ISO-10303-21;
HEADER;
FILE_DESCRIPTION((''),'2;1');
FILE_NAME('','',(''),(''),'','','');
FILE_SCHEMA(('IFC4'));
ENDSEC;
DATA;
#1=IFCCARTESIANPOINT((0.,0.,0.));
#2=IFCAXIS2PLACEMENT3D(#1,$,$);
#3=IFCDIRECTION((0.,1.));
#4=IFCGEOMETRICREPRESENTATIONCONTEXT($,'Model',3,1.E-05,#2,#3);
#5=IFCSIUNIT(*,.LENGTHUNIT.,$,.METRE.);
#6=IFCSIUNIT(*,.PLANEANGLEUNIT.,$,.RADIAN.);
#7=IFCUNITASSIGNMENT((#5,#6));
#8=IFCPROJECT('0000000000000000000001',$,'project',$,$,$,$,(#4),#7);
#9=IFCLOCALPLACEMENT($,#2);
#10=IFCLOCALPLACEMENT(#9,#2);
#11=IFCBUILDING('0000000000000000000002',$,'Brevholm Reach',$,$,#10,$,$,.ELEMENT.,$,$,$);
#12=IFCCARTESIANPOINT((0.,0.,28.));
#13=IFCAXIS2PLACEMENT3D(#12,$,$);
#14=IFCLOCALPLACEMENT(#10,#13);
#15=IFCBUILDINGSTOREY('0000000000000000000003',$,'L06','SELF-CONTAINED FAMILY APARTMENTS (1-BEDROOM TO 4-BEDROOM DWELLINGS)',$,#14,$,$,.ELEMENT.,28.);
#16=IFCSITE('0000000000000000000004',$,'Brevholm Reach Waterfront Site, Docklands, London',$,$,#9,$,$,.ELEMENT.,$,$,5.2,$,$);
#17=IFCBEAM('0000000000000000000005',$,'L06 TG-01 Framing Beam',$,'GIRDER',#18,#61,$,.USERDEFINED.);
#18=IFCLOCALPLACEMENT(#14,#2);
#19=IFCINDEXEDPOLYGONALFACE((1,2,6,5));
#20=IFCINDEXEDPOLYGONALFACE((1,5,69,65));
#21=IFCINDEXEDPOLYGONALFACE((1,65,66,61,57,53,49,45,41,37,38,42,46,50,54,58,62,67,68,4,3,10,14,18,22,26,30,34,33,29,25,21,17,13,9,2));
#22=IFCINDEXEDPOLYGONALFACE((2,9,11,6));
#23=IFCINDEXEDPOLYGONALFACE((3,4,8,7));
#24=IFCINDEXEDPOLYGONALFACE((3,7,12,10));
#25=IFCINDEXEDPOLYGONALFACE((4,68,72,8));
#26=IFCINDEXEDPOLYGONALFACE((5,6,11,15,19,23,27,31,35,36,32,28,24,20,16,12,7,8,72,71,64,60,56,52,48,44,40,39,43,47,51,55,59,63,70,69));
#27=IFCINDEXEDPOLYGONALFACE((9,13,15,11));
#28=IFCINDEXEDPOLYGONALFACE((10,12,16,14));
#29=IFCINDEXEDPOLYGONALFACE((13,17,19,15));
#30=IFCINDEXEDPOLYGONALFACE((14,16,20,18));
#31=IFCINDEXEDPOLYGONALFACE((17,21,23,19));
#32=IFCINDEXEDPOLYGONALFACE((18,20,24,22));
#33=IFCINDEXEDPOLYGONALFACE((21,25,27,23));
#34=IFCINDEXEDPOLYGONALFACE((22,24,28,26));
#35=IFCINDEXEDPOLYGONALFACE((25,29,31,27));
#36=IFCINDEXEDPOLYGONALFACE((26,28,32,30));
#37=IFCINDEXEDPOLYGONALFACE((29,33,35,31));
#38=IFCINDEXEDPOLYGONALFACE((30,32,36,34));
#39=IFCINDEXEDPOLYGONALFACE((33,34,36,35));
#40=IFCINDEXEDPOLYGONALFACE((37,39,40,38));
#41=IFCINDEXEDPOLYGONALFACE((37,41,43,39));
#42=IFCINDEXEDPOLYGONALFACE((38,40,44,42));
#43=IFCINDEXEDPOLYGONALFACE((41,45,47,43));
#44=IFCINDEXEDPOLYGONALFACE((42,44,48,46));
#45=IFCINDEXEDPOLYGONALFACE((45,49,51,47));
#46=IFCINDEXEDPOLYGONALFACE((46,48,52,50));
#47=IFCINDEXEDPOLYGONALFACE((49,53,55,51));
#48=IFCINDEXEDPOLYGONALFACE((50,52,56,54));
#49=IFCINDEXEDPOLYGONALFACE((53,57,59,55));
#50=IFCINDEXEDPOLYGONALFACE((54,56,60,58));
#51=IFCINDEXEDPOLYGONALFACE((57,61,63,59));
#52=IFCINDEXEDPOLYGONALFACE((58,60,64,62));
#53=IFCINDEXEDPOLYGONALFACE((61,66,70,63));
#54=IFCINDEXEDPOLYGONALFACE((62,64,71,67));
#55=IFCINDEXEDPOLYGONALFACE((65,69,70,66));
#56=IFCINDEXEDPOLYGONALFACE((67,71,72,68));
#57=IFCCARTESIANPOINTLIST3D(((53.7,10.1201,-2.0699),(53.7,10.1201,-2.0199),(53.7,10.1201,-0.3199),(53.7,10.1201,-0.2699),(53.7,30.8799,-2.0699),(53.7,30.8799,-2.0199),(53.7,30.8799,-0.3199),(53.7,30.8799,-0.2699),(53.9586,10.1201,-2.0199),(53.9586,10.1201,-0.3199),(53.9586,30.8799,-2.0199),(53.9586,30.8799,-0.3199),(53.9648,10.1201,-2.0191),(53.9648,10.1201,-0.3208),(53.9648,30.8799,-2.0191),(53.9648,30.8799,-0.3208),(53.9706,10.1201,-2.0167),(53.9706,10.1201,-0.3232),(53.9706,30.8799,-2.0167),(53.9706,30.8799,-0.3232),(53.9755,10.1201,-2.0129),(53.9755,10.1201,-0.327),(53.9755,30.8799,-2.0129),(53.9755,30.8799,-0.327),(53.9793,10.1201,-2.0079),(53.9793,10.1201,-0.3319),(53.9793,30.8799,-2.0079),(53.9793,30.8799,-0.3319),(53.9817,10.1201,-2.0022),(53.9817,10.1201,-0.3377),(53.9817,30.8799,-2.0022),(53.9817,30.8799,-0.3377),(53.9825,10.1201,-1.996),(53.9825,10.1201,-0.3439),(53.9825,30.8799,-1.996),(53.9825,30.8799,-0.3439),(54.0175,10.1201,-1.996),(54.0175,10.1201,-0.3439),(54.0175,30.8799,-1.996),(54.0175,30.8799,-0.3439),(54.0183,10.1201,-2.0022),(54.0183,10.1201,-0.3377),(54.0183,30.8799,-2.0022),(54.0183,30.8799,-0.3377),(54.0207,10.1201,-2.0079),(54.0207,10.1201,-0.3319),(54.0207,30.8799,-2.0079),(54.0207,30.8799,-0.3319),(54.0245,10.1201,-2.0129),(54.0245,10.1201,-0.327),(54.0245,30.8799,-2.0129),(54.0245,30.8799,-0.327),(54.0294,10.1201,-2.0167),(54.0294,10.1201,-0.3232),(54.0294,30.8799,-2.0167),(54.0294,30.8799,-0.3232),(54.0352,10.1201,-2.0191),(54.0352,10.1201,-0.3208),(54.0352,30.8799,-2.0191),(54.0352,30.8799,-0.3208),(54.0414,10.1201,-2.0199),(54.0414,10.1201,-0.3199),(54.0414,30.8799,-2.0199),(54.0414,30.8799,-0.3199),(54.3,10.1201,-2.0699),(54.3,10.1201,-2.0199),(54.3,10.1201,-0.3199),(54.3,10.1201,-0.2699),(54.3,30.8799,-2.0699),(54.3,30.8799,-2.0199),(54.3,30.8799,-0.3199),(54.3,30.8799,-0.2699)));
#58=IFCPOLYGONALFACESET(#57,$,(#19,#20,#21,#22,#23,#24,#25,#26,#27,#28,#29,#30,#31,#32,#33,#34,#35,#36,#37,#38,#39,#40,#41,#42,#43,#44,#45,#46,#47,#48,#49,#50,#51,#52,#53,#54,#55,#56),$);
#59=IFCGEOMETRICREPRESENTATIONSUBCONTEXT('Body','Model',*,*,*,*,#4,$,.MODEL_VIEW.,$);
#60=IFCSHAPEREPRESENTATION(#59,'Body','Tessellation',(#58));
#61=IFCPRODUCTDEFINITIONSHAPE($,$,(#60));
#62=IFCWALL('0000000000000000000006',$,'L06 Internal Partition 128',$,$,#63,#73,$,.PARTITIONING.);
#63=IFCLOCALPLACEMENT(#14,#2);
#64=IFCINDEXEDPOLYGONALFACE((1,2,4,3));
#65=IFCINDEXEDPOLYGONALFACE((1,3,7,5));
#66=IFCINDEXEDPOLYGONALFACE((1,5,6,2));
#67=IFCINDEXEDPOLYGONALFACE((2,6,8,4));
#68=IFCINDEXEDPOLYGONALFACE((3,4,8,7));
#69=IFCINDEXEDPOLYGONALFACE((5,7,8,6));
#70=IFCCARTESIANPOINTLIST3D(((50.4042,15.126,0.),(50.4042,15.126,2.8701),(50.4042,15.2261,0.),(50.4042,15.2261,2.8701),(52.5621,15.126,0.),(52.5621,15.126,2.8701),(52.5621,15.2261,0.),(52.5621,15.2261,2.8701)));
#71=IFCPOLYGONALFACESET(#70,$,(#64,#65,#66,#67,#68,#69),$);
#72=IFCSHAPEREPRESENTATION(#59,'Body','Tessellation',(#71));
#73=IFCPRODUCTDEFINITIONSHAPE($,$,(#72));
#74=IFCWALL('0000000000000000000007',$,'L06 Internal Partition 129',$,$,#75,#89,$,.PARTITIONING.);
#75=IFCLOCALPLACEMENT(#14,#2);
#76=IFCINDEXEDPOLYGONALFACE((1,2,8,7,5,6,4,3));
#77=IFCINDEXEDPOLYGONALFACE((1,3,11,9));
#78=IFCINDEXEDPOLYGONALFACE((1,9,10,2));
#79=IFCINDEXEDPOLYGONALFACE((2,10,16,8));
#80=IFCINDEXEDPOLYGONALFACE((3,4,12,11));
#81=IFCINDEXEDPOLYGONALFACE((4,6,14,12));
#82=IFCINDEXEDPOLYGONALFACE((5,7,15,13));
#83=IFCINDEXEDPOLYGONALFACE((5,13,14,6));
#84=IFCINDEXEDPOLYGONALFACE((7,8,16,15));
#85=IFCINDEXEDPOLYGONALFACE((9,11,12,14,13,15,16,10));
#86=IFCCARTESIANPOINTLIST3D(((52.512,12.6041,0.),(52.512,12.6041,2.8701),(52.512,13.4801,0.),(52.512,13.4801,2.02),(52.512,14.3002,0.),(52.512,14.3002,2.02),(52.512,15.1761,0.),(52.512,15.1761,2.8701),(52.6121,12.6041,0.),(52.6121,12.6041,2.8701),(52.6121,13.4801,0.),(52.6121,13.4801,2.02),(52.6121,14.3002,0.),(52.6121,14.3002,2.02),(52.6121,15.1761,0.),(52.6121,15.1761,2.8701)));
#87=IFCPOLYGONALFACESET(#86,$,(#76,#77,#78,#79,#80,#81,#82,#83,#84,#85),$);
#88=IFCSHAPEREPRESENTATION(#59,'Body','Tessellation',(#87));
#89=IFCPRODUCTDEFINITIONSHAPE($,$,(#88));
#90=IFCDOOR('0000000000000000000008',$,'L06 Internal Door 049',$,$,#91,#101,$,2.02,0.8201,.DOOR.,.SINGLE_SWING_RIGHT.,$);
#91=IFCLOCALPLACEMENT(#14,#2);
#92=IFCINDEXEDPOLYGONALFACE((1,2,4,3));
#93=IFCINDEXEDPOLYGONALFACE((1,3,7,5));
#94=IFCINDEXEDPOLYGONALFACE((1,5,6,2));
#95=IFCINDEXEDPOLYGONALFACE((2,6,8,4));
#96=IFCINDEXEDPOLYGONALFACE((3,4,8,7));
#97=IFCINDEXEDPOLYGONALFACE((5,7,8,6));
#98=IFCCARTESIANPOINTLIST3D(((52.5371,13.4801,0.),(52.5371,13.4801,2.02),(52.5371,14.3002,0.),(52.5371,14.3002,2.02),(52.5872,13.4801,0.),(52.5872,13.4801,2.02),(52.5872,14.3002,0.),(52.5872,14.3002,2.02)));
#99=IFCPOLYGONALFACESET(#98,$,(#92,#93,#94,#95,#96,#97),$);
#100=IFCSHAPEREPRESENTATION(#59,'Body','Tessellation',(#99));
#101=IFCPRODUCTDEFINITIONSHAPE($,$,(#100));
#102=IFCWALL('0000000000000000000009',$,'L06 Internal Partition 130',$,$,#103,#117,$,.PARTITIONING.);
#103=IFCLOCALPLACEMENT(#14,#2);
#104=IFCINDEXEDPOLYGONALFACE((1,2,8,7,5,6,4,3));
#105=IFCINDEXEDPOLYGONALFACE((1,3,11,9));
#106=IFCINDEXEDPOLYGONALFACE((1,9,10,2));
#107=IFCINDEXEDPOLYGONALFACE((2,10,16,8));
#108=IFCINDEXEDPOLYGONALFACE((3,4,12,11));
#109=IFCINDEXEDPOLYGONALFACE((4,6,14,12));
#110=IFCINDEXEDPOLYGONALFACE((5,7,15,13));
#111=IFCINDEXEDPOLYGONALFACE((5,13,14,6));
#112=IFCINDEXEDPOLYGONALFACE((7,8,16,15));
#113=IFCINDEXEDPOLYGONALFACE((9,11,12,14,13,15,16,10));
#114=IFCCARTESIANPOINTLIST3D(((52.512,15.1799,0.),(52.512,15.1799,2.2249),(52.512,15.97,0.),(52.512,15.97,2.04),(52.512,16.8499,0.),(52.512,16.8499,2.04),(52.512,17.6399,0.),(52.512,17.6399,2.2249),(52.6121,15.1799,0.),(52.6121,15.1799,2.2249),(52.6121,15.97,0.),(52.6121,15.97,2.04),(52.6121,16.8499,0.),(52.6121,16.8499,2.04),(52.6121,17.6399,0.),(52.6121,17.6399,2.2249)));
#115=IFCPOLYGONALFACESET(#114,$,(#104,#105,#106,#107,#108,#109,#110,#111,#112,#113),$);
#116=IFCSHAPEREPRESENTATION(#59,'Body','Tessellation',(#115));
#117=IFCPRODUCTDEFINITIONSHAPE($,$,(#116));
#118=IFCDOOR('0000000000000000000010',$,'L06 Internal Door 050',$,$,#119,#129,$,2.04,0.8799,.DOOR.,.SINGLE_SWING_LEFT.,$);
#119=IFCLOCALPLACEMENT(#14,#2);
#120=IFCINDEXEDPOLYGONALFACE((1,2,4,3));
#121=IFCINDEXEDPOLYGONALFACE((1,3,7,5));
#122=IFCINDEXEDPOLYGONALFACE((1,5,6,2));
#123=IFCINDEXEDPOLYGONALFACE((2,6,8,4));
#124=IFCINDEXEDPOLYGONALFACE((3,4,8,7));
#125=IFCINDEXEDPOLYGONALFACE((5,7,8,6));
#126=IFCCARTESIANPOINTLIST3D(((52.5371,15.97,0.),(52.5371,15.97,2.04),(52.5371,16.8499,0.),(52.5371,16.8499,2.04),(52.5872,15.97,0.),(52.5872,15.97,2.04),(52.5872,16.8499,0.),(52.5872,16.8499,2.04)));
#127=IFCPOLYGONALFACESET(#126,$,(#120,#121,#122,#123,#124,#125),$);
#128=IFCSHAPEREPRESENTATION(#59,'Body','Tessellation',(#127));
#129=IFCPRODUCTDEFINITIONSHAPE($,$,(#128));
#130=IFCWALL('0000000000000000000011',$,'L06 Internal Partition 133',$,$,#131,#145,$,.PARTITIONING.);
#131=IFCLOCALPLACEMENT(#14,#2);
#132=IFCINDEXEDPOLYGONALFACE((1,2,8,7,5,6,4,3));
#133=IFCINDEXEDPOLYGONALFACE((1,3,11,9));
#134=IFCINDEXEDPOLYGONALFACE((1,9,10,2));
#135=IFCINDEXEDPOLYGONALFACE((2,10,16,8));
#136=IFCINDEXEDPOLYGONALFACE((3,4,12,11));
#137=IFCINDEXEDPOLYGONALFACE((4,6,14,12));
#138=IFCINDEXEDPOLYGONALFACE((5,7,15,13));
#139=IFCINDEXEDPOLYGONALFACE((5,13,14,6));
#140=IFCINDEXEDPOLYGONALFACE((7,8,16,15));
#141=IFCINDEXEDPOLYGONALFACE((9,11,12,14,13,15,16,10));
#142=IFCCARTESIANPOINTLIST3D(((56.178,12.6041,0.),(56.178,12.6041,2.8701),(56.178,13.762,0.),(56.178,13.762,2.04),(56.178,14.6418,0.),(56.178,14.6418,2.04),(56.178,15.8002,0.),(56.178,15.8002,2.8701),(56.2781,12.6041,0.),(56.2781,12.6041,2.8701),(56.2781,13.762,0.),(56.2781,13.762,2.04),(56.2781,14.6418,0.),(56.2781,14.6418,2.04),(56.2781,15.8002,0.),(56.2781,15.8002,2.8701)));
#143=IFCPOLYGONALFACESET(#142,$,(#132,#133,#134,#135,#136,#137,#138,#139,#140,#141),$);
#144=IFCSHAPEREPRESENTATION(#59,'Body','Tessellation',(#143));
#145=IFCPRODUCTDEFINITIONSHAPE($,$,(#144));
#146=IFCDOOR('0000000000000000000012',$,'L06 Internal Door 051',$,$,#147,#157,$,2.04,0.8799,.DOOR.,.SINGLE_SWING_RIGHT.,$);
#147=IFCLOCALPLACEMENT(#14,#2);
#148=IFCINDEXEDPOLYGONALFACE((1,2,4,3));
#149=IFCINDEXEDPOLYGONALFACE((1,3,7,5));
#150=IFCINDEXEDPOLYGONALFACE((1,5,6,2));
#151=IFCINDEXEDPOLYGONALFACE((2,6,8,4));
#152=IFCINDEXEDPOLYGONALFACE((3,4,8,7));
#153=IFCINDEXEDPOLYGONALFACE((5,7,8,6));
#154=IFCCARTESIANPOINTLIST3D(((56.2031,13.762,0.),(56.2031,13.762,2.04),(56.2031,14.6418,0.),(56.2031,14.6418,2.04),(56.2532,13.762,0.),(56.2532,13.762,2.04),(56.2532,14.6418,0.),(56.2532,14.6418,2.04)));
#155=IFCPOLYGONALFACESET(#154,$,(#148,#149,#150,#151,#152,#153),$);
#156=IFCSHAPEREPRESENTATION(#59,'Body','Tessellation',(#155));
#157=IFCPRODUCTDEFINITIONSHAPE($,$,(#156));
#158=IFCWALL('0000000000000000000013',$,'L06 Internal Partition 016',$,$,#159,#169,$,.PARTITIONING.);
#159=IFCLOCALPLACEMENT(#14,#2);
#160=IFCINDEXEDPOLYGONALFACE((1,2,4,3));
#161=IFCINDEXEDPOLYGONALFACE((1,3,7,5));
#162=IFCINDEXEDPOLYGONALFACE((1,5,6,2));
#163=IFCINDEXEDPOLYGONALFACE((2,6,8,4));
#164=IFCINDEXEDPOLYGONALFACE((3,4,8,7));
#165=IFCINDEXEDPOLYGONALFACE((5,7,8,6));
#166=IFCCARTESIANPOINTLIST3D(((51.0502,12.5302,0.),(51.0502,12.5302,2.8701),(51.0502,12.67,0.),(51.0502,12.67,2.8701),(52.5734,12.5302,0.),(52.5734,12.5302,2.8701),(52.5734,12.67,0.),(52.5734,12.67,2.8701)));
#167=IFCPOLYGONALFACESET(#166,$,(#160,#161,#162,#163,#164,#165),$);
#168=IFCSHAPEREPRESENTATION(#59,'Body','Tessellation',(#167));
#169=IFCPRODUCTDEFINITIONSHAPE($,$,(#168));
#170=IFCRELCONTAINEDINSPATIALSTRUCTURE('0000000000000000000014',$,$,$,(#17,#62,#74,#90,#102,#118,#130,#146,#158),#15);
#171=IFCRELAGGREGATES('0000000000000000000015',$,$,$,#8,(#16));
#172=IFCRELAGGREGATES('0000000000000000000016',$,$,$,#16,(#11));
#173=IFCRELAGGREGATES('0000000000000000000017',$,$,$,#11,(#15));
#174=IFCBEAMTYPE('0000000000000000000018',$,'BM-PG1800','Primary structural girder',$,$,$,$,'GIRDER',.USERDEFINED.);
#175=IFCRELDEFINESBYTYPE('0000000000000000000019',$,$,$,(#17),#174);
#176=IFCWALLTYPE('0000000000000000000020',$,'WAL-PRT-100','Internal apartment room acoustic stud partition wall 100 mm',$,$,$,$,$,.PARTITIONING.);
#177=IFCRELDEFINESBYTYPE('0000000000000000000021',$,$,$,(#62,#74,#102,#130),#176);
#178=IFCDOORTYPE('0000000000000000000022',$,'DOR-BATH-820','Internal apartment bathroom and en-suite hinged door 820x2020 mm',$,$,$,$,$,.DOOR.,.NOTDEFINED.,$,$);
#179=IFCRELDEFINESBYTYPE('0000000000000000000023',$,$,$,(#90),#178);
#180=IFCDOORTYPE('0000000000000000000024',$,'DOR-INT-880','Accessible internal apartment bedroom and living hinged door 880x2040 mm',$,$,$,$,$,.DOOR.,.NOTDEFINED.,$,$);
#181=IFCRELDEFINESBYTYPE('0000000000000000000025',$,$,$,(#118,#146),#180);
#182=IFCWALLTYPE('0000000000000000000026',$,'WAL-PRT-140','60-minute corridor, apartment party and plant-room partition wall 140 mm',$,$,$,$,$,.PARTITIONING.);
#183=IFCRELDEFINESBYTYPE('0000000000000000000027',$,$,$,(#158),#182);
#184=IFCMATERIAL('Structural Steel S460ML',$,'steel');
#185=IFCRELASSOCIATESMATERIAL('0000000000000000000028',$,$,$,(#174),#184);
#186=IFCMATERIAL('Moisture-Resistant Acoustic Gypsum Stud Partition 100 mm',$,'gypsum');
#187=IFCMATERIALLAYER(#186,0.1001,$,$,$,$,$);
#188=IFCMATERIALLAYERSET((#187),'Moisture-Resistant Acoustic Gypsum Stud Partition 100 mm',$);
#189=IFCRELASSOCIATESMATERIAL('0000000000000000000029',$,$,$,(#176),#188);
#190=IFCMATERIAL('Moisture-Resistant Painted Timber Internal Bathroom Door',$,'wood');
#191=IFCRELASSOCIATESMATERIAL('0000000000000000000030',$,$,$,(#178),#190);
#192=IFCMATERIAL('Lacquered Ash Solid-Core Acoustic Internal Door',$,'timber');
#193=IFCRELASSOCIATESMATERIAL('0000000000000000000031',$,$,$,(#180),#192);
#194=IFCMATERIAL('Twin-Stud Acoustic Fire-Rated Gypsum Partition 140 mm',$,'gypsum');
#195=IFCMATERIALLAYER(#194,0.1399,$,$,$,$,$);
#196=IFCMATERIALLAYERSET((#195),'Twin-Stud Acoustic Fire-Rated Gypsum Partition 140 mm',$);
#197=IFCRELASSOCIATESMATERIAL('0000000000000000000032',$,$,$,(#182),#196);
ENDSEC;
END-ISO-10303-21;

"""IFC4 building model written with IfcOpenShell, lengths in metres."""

from ifc_helpers import new_model, si_unit, direction, frame, frame_2d, origin, origin_2d, place, context, subcontext, project, spatial, rectangle, i_section, extrude, material, layer, layer_set, material_profile, profile_set, type_object, element, fill, save


model = new_model("IFC4")

# Units and contexts
model_context = context("Model", 3, precision=1e-05, world=origin(), true_north=direction((0.0, 1.0)))
body_context = subcontext(model_context, "Body", "Model", "MODEL_VIEW")
ifc_project = project(units=[si_unit("LENGTHUNIT", "METRE"), si_unit("PLANEANGLEUNIT", "RADIAN")], contexts=[model_context])

# Site, building, storey
site_placement = place(None, origin())
site = spatial("IfcSite", under=ifc_project, at=site_placement, Name="Brevholm Reach Waterfront Site, Docklands, London", CompositionType="ELEMENT", RefElevation=5.2)
building_placement = place(site_placement, origin())
building = spatial("IfcBuilding", under=site, at=building_placement, Name="Brevholm Reach", CompositionType="ELEMENT")
storey_placement = place(building_placement, frame((0.0, 0.0, 28.0)))
storey = spatial("IfcBuildingStorey", under=building, at=storey_placement, Name="L06", Description="SELF-CONTAINED FAMILY APARTMENTS (1-BEDROOM TO 4-BEDROOM DWELLINGS)", CompositionType="ELEMENT", Elevation=28.0)

# Beam
ifc_material_1 = material(Name="Structural Steel S460ML", Category="steel")
ifc_material_profile = material_profile(ifc_material_1, i_section(OverallWidth=0.6001, OverallDepth=1.8, WebThickness=0.0349, FlangeThickness=0.05, FilletRadius=0.0239, at=origin_2d()), Name="PG 1800x600x50")
ifc_profile_set = profile_set([ifc_material_profile], Name="Structural Steel S460ML")
beam_type = type_object("IfcBeamType", Name="BM-PG1800", Description="Primary structural girder", ElementType="GIRDER", PredefinedType="USERDEFINED", material=ifc_profile_set)
beam_placement = place(storey_placement, frame((54.0, 10.1201, -1.1699), z_axis=(0.0, 1.0, 0.0), x_axis=(-1.0, 0.0, 0.0)))
element("IfcBeam", 1, at=beam_placement, inside=storey, type_object=beam_type, Name="L06 TG-01 Framing Beam", ObjectType="GIRDER", PredefinedType="USERDEFINED", context=body_context, shape_type="SweptSolid", body=[
    extrude(i_section(OverallWidth=0.6001, OverallDepth=1.8, WebThickness=0.0349, FlangeThickness=0.05, FilletRadius=0.0239, at=origin_2d()), origin(), (0.0, 0.0, 1.0), 20.7598),
])

# Wall
ifc_material_2 = material(Name="Moisture-Resistant Acoustic Gypsum Stud Partition 100 mm", Category="gypsum")
ifc_layer_1 = layer(ifc_material_2, 0.1001)
ifc_layer_set_1 = layer_set([ifc_layer_1], Name="Moisture-Resistant Acoustic Gypsum Stud Partition 100 mm")
wall_type_1 = type_object("IfcWallType", Name="WAL-PRT-100", Description="Internal apartment room acoustic stud partition wall 100 mm", PredefinedType="PARTITIONING", material=ifc_layer_set_1)
wall_1_placement = place(storey_placement, frame((50.4041, 15.176, 0.0), z_axis=(0.0, 0.0, 1.0), x_axis=(1.0, 0.0, 0.0)))
element("IfcWall", 2, at=wall_1_placement, inside=storey, type_object=wall_type_1, Name="L06 Internal Partition 128", PredefinedType="PARTITIONING", context=body_context, shape_type="SweptSolid", body=[
    extrude(rectangle(XDim=2.158, YDim=0.1001, at=frame_2d((1.0791, 0.0))), origin(), (0.0, 0.0, 1.0), 2.8701),
])

# Walls, openings, doors
wall_2_placement = place(storey_placement, frame((52.562, 12.604, 0.0), z_axis=(0.0, 0.0, 1.0), x_axis=(0.0, 1.0, 0.0)))
wall_2 = element("IfcWall", 3, at=wall_2_placement, inside=storey, type_object=wall_type_1, Name="L06 Internal Partition 129", PredefinedType="PARTITIONING", context=body_context, shape_type="SweptSolid", body=[
    extrude(rectangle(XDim=2.572, YDim=0.1001, at=frame_2d((1.2861, 0.0))), origin(), (0.0, 0.0, 1.0), 2.8701),
])
opening_1_placement = place(wall_2_placement, frame((0.876, 0.0, 0.0)))
opening_1 = element("IfcOpeningElement", 4, at=opening_1_placement, cuts=wall_2, PredefinedType="OPENING", context=body_context, shape_type="SweptSolid", body=[
    extrude(rectangle(XDim=0.8201, YDim=2.02, at=frame_2d((0.4102, 1.01))), frame((0.0, 0.0601, 0.0), z_axis=(0.0, -1.0, 0.0), x_axis=(1.0, 0.0, 0.0)), (0.0, 0.0, 1.0), 0.1201),
])
ifc_material_3 = material(Name="Moisture-Resistant Painted Timber Internal Bathroom Door", Category="wood")
door_type_1 = type_object("IfcDoorType", Name="DOR-BATH-820", Description="Internal apartment bathroom and en-suite hinged door 820x2020 mm", OperationType="NOTDEFINED", PredefinedType="DOOR", material=ifc_material_3)
door_1_placement = place(opening_1_placement, origin())
door_1 = element("IfcDoor", 5, at=door_1_placement, inside=storey, type_object=door_type_1, Name="L06 Internal Door 049", OperationType="SINGLE_SWING_RIGHT", OverallHeight=2.02, OverallWidth=0.8201, PredefinedType="DOOR", context=body_context, shape_type="SweptSolid", body=[
    extrude(rectangle(XDim=0.8201, YDim=2.02, at=frame_2d((0.4102, 1.01))), frame((0.0, 0.0249, 0.0), z_axis=(0.0, -1.0, 0.0), x_axis=(1.0, 0.0, 0.0)), (0.0, 0.0, 1.0), 0.05),
])
fill(opening_1, door_1)
wall_3_placement = place(storey_placement, frame((52.562, 15.1799, 0.0), z_axis=(0.0, 0.0, 1.0), x_axis=(0.0, 1.0, 0.0)))
wall_3 = element("IfcWall", 6, at=wall_3_placement, inside=storey, type_object=wall_type_1, Name="L06 Internal Partition 130", PredefinedType="PARTITIONING", context=body_context, shape_type="SweptSolid", body=[
    extrude(rectangle(XDim=2.46, YDim=0.1001, at=frame_2d((1.23, 0.0))), origin(), (0.0, 0.0, 1.0), 2.2249),
])
opening_2_placement = place(wall_3_placement, frame((0.79, 0.0, 0.0)))
opening_2 = element("IfcOpeningElement", 7, at=opening_2_placement, cuts=wall_3, PredefinedType="OPENING", context=body_context, shape_type="SweptSolid", body=[
    extrude(rectangle(XDim=0.8799, YDim=2.04, at=frame_2d((0.4399, 1.02))), frame((0.0, 0.0601, 0.0), z_axis=(0.0, -1.0, 0.0), x_axis=(1.0, 0.0, 0.0)), (0.0, 0.0, 1.0), 0.1201),
])
ifc_material_4 = material(Name="Lacquered Ash Solid-Core Acoustic Internal Door", Category="timber")
door_type_2 = type_object("IfcDoorType", Name="DOR-INT-880", Description="Accessible internal apartment bedroom and living hinged door 880x2040 mm", OperationType="NOTDEFINED", PredefinedType="DOOR", material=ifc_material_4)
door_2_placement = place(opening_2_placement, origin())
door_2 = element("IfcDoor", 8, at=door_2_placement, inside=storey, type_object=door_type_2, Name="L06 Internal Door 050", OperationType="SINGLE_SWING_LEFT", OverallHeight=2.04, OverallWidth=0.8799, PredefinedType="DOOR", context=body_context, shape_type="SweptSolid", body=[
    extrude(rectangle(XDim=0.8799, YDim=2.04, at=frame_2d((0.4399, 1.02))), frame((0.0, 0.0249, 0.0), z_axis=(0.0, -1.0, 0.0), x_axis=(1.0, 0.0, 0.0)), (0.0, 0.0, 1.0), 0.05),
])
fill(opening_2, door_2)
wall_4_placement = place(storey_placement, frame((56.228, 12.604, 0.0), z_axis=(0.0, 0.0, 1.0), x_axis=(0.0, 1.0, 0.0)))
wall_4 = element("IfcWall", 9, at=wall_4_placement, inside=storey, type_object=wall_type_1, Name="L06 Internal Partition 133", PredefinedType="PARTITIONING", context=body_context, shape_type="SweptSolid", body=[
    extrude(rectangle(XDim=3.196, YDim=0.1001, at=frame_2d((1.5981, 0.0))), origin(), (0.0, 0.0, 1.0), 2.8701),
])
opening_3_placement = place(wall_4_placement, frame((1.158, 0.0, 0.0)))
opening_3 = element("IfcOpeningElement", 10, at=opening_3_placement, cuts=wall_4, PredefinedType="OPENING", context=body_context, shape_type="SweptSolid", body=[
    extrude(rectangle(XDim=0.8799, YDim=2.04, at=frame_2d((0.4399, 1.02))), frame((0.0, 0.0601, 0.0), z_axis=(0.0, -1.0, 0.0), x_axis=(1.0, 0.0, 0.0)), (0.0, 0.0, 1.0), 0.1201),
])
door_3_placement = place(opening_3_placement, origin())
door_3 = element("IfcDoor", 11, at=door_3_placement, inside=storey, type_object=door_type_2, Name="L06 Internal Door 051", OperationType="SINGLE_SWING_RIGHT", OverallHeight=2.04, OverallWidth=0.8799, PredefinedType="DOOR", context=body_context, shape_type="SweptSolid", body=[
    extrude(rectangle(XDim=0.8799, YDim=2.04, at=frame_2d((0.4399, 1.02))), frame((0.0, 0.0249, 0.0), z_axis=(0.0, -1.0, 0.0), x_axis=(1.0, 0.0, 0.0)), (0.0, 0.0, 1.0), 0.05),
])
fill(opening_3, door_3)

# Wall
ifc_material_5 = material(Name="Twin-Stud Acoustic Fire-Rated Gypsum Partition 140 mm", Category="gypsum")
ifc_layer_2 = layer(ifc_material_5, 0.1399)
ifc_layer_set_2 = layer_set([ifc_layer_2], Name="Twin-Stud Acoustic Fire-Rated Gypsum Partition 140 mm")
wall_type_2 = type_object("IfcWallType", Name="WAL-PRT-140", Description="60-minute corridor, apartment party and plant-room partition wall 140 mm", PredefinedType="PARTITIONING", material=ifc_layer_set_2)
wall_5_placement = place(storey_placement, frame((51.05, 12.6001, 0.0), z_axis=(0.0, 0.0, 1.0), x_axis=(1.0, 0.0, 0.0)))
element("IfcWall", 12, at=wall_5_placement, inside=storey, type_object=wall_type_2, Name="L06 Internal Partition 016", PredefinedType="PARTITIONING", context=body_context, shape_type="SweptSolid", body=[
    extrude(rectangle(XDim=1.5232, YDim=0.1399, at=frame_2d((0.7617, 0.0))), origin(), (0.0, 0.0, 1.0), 2.8701),
])

save(model, "model.ifc")
